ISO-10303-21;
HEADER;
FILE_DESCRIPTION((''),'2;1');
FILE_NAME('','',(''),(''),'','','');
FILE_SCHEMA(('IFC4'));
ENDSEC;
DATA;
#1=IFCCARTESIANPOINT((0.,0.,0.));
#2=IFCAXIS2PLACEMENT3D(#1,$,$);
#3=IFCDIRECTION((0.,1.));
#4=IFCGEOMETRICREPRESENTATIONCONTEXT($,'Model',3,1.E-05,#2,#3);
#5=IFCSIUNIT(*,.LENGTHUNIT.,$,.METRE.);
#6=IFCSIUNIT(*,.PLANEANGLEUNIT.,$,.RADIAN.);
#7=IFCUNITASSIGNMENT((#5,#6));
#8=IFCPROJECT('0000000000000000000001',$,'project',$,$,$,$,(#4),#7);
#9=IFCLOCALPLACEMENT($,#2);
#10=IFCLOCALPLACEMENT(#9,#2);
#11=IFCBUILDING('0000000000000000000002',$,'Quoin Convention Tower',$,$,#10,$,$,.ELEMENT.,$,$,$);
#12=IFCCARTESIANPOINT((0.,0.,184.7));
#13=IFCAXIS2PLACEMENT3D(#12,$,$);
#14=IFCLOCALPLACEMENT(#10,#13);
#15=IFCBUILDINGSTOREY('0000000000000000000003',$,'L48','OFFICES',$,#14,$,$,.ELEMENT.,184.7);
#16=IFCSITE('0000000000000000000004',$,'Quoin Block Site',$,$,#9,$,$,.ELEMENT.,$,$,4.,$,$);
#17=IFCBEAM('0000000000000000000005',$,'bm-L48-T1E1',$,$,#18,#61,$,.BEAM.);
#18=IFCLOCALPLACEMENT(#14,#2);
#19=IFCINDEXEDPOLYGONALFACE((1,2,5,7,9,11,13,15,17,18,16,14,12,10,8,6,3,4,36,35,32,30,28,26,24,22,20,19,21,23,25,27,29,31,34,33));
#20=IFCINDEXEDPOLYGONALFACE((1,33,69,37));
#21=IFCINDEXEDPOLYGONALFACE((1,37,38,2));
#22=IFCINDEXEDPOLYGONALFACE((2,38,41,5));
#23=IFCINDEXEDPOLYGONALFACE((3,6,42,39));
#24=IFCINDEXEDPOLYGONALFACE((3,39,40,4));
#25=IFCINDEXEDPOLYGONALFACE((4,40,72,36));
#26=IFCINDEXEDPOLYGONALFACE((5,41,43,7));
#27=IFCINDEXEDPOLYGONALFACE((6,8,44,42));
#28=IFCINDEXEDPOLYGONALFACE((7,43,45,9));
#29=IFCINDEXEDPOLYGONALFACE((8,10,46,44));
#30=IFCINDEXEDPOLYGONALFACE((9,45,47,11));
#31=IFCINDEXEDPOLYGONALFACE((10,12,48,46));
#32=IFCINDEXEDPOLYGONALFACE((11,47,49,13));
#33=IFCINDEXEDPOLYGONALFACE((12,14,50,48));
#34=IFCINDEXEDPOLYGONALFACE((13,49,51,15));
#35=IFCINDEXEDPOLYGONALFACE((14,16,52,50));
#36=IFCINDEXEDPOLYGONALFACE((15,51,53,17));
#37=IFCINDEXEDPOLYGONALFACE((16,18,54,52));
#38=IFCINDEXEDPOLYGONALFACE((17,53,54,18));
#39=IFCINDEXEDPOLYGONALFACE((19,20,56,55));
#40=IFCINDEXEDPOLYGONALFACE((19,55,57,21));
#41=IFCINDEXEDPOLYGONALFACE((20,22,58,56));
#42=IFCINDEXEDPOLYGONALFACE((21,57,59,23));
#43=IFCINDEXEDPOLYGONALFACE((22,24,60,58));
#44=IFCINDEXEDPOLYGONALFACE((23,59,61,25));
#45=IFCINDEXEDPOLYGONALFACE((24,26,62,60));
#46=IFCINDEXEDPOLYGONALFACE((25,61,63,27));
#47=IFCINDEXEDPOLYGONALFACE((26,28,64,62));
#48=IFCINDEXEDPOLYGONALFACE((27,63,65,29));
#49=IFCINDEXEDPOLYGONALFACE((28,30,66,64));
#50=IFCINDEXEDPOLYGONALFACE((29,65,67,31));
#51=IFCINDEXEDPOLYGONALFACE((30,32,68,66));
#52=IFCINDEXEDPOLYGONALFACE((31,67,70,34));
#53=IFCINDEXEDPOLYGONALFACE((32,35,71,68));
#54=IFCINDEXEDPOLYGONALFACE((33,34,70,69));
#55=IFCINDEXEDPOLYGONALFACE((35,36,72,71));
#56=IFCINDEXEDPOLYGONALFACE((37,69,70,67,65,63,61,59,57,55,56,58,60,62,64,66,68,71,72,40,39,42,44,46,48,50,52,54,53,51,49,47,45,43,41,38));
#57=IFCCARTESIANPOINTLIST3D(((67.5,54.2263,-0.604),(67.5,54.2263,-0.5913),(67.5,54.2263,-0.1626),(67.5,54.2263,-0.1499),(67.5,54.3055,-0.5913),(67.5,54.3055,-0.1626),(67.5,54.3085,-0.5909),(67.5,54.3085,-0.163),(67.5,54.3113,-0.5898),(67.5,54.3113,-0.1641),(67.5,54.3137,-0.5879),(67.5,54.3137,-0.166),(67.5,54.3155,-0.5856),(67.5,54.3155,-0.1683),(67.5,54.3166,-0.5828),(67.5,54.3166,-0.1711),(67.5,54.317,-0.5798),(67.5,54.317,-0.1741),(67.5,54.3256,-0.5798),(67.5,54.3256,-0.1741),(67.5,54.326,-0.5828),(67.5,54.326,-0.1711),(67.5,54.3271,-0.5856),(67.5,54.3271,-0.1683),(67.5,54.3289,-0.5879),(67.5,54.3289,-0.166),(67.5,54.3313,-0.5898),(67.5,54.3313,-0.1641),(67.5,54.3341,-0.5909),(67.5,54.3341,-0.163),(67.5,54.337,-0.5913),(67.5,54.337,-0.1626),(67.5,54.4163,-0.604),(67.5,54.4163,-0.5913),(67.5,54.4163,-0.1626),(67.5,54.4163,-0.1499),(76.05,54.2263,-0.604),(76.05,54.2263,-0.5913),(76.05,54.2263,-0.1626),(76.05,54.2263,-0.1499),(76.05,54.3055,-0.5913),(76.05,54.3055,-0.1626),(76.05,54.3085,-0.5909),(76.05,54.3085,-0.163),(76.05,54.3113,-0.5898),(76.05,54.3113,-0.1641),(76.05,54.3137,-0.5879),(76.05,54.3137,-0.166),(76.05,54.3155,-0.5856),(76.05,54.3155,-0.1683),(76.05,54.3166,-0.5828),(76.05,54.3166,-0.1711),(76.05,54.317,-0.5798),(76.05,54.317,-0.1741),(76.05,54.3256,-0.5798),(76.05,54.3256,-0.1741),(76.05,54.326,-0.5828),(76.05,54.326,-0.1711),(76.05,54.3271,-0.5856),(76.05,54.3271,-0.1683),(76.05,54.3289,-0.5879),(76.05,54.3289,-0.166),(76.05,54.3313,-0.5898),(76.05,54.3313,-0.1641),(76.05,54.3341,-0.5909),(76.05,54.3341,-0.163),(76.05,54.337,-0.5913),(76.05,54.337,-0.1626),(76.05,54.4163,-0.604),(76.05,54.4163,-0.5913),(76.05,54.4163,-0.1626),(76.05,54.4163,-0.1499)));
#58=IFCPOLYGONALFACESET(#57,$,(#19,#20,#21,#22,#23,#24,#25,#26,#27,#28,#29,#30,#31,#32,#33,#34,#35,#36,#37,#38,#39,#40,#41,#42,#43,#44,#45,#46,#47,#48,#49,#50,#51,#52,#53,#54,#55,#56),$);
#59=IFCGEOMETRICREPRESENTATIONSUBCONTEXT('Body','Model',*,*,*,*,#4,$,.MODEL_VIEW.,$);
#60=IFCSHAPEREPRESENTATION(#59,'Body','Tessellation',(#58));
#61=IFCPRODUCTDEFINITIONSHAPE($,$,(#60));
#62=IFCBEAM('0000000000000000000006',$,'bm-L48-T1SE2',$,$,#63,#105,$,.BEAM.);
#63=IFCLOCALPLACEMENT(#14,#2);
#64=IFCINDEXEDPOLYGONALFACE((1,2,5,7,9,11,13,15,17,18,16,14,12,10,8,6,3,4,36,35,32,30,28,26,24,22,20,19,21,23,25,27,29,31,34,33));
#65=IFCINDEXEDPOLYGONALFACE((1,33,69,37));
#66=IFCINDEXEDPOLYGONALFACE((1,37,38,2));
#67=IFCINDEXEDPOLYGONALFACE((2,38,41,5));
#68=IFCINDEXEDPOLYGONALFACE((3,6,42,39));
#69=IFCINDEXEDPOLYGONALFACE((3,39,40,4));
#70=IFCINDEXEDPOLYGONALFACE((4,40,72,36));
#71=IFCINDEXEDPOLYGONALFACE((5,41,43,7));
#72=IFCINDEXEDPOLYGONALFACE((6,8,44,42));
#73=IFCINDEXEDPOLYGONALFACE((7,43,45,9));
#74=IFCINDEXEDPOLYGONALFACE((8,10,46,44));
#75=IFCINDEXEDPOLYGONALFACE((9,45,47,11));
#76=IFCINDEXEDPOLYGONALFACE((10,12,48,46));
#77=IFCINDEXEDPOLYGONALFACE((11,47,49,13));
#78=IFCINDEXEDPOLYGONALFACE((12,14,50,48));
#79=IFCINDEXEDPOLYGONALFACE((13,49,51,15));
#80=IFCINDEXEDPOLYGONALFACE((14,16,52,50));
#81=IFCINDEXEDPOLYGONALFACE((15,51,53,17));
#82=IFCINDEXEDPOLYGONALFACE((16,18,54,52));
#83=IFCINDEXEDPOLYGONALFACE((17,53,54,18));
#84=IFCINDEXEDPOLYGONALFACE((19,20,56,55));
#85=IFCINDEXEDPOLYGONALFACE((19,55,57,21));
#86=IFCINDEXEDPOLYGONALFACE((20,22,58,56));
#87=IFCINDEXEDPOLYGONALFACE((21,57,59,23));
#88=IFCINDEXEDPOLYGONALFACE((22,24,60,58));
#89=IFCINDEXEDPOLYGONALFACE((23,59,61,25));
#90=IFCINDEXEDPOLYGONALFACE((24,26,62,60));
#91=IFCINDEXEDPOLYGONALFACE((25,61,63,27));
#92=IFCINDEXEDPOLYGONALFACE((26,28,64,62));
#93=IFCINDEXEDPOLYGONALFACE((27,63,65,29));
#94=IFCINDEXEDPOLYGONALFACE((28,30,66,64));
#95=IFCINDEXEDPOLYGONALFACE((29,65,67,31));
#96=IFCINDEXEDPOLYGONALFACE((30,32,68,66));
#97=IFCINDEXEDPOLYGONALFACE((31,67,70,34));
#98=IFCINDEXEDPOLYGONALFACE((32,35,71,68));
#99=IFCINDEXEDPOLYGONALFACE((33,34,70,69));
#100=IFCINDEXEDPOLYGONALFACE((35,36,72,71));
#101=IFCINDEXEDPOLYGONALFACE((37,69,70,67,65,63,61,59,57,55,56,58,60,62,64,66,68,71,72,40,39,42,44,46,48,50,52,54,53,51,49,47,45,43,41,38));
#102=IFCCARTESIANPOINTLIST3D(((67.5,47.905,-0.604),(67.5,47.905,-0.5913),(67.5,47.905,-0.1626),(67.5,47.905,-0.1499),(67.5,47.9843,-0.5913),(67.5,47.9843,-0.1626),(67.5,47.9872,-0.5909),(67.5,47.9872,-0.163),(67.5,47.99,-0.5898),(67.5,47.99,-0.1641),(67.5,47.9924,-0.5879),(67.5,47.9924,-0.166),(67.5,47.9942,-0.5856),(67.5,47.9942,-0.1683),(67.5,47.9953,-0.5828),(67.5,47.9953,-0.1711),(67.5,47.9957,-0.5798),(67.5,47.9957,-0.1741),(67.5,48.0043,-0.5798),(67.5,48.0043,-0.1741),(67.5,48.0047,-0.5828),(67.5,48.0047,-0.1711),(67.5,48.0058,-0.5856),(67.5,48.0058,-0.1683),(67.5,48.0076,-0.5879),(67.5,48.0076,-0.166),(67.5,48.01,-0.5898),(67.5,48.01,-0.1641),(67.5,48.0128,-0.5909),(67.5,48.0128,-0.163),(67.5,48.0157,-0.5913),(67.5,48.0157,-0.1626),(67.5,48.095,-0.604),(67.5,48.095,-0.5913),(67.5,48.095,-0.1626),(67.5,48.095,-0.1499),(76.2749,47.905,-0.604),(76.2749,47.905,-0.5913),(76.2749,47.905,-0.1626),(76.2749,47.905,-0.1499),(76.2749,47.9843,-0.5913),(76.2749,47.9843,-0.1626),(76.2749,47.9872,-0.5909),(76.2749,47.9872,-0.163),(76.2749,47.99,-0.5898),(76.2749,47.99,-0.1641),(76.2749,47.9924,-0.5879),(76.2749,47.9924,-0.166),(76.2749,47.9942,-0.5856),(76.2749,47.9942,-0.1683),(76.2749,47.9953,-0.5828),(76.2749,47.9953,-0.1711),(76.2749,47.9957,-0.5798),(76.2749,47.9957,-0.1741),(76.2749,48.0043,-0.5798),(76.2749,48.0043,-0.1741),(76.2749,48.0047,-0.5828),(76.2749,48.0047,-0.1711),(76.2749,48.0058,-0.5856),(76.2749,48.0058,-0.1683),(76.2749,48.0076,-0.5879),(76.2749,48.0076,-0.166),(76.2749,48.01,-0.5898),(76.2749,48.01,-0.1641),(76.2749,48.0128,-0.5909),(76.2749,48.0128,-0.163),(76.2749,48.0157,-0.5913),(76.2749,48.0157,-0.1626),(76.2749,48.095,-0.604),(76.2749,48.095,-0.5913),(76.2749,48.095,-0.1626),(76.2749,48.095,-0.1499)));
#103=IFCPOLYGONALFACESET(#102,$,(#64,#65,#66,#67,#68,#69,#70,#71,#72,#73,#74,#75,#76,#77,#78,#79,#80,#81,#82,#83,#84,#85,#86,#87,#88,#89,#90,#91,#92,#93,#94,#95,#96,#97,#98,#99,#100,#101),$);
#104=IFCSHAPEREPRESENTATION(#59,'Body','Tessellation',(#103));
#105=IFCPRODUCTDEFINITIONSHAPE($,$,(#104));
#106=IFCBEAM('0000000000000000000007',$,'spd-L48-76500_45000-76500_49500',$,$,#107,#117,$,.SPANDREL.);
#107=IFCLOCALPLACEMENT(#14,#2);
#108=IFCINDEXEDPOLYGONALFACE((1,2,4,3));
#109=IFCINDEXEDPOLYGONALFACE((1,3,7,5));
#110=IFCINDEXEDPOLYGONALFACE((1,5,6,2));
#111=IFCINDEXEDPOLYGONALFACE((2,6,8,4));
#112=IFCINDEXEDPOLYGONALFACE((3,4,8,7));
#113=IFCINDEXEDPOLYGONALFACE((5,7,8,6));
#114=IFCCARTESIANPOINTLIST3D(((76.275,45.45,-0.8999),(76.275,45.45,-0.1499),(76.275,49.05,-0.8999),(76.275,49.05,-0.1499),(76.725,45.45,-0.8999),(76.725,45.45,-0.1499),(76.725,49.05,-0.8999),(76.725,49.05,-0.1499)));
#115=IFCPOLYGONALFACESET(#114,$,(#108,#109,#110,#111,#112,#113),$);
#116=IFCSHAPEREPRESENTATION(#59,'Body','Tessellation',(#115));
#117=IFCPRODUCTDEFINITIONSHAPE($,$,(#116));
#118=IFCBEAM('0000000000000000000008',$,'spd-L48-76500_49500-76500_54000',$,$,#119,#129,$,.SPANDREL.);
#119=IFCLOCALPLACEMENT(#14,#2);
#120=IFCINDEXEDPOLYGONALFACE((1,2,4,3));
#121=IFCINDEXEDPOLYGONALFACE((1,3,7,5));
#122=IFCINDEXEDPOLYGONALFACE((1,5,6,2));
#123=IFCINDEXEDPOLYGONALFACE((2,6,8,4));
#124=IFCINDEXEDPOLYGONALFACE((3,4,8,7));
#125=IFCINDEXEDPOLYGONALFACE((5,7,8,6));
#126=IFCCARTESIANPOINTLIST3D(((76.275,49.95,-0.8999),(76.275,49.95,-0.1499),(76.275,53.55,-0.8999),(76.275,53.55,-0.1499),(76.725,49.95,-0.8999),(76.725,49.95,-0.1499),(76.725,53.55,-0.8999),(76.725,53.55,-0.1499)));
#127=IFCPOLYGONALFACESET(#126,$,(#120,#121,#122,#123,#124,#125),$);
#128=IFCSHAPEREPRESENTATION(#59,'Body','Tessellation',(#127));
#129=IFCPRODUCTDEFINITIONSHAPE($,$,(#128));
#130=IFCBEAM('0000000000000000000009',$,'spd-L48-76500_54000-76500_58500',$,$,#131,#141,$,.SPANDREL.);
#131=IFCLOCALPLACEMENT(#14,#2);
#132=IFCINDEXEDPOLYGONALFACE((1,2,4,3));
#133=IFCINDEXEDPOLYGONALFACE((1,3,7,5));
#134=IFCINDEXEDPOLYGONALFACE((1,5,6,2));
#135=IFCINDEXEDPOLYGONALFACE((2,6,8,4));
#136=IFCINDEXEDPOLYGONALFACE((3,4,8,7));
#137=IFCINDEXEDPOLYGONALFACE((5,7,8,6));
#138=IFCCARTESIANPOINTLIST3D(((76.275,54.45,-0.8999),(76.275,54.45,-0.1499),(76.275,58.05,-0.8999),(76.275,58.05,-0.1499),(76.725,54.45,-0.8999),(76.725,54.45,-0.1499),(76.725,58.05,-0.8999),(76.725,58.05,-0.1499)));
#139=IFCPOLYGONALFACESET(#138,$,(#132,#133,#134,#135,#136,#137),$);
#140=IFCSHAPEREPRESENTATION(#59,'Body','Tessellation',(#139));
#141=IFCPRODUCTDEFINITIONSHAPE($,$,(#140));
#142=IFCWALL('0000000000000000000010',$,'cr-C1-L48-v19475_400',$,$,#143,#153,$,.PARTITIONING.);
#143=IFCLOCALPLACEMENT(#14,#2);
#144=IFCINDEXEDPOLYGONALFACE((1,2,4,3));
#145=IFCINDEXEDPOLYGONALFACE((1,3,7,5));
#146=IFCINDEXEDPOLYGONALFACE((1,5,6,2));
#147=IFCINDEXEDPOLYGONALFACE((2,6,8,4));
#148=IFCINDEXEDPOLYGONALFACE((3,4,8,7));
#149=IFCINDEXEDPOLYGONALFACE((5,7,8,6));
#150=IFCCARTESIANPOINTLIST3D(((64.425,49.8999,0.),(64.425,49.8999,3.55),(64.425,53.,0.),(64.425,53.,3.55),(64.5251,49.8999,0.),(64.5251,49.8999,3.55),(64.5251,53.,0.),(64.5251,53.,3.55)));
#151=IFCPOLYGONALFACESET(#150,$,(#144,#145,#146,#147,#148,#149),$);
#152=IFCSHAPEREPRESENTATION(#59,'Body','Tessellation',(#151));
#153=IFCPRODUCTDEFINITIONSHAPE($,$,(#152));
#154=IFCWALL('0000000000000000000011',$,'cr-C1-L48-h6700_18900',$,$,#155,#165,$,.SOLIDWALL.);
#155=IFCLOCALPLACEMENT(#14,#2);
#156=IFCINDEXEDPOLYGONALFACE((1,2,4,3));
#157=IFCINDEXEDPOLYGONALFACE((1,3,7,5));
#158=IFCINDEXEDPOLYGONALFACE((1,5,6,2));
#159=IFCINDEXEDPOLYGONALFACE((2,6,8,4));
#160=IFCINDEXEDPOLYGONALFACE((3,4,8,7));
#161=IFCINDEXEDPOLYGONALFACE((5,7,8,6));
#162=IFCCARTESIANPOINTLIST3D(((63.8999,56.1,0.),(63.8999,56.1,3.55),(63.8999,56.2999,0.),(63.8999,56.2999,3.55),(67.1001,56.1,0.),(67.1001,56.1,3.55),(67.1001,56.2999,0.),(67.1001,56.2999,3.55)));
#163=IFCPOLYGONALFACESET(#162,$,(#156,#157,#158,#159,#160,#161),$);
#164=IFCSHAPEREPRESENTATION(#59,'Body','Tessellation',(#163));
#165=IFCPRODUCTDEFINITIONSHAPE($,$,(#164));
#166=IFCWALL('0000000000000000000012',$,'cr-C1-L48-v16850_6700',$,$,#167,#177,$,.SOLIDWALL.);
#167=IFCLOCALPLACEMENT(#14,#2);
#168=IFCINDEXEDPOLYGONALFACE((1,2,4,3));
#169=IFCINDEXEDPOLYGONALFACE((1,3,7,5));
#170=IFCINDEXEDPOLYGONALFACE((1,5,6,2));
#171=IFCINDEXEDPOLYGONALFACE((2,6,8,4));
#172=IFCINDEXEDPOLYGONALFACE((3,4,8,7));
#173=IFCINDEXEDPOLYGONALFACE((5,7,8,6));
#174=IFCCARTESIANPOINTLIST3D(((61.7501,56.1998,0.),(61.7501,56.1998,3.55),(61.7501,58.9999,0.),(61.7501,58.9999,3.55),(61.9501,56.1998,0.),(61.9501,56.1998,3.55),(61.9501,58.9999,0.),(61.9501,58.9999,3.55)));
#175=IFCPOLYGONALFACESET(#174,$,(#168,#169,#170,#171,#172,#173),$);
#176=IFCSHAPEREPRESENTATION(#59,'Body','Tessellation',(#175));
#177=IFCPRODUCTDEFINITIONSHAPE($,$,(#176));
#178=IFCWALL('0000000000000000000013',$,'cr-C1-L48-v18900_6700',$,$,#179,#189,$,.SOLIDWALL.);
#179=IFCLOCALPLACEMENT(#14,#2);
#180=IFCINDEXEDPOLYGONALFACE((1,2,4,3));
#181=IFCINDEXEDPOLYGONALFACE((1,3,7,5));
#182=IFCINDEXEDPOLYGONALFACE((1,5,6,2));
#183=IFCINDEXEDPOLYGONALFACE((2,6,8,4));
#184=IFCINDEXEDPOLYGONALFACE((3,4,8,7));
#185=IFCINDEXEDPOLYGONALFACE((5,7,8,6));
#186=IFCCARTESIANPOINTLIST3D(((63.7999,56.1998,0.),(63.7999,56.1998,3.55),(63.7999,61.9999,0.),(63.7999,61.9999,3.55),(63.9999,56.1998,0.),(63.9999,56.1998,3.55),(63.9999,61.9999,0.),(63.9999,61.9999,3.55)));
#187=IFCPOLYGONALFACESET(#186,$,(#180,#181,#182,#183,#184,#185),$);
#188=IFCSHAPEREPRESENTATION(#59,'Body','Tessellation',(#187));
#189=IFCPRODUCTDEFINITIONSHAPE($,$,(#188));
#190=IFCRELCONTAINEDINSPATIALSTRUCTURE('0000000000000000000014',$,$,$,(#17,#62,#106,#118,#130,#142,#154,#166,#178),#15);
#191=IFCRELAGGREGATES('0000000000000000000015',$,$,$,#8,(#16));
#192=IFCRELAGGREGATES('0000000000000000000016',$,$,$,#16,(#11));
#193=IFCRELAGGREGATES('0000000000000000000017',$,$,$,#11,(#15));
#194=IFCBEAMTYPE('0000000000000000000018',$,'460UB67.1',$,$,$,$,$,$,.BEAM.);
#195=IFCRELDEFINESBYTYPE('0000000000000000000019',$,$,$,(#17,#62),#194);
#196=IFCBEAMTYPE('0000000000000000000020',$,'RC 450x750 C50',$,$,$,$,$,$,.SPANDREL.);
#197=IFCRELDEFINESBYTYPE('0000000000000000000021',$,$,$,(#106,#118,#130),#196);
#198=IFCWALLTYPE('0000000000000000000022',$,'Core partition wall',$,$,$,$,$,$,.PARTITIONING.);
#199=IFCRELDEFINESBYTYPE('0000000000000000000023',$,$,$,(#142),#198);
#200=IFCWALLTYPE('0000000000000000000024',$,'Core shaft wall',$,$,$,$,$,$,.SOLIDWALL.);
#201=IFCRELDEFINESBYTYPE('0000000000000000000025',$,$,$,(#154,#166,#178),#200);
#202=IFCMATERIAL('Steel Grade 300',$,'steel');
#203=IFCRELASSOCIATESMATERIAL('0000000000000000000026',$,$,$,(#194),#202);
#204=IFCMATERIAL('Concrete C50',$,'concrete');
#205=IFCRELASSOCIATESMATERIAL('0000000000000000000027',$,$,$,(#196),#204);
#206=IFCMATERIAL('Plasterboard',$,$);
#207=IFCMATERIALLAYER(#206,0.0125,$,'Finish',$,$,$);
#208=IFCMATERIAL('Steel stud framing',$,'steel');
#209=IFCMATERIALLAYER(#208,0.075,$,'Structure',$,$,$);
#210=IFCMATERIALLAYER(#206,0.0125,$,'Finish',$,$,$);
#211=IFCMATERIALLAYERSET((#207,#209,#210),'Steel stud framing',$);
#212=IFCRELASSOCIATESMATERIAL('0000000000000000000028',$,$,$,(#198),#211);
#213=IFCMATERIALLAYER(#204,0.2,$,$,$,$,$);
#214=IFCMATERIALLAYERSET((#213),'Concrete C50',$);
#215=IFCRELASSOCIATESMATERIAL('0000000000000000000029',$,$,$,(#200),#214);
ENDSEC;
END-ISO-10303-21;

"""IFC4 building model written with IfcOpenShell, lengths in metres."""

from ifc_helpers import new_model, si_unit, direction, frame, frame_2d, origin, origin_2d, place, context, subcontext, project, spatial, rectangle, i_section, extrude, material, layer, layer_set, material_profile, profile_set, type_object, element, save


model = new_model("IFC4")

# Units and contexts
model_context = context("Model", 3, precision=1e-05, world=origin(), true_north=direction((0.0, 1.0)))
body_context = subcontext(model_context, "Body", "Model", "MODEL_VIEW")
ifc_project = project(units=[si_unit("LENGTHUNIT", "METRE"), si_unit("PLANEANGLEUNIT", "RADIAN")], contexts=[model_context])

# Site, building, storey
site_placement = place(None, origin())
site = spatial("IfcSite", under=ifc_project, at=site_placement, Name="Quoin Block Site", CompositionType="ELEMENT", RefElevation=4.0)
building_placement = place(site_placement, origin())
building = spatial("IfcBuilding", under=site, at=building_placement, Name="Quoin Convention Tower", CompositionType="ELEMENT")
storey_placement = place(building_placement, frame((0.0, 0.0, 184.7)))
storey = spatial("IfcBuildingStorey", under=building, at=storey_placement, Name="L48", Description="OFFICES", CompositionType="ELEMENT", Elevation=184.7)

# Shared definitions
ifc_material_1 = material(Name="Concrete C50", Category="concrete")

# Beams
ifc_material_2 = material(Name="Steel Grade 300", Category="steel")
ifc_material_profile_1 = material_profile(ifc_material_2, i_section(OverallWidth=0.1899, OverallDepth=0.4541, WebThickness=0.0085, FlangeThickness=0.0127, FilletRadius=0.0115, at=origin_2d()), Name="460UB67.1")
ifc_profile_set_1 = profile_set([ifc_material_profile_1], Name="Steel Grade 300")
beam_type_1 = type_object("IfcBeamType", Name="460UB67.1", PredefinedType="BEAM", material=ifc_profile_set_1)
beam_1_placement = place(storey_placement, frame((67.5, 54.3213, -0.377), z_axis=(1.0, 0.0, 0.0), x_axis=(0.0, 1.0, 0.0)))
element("IfcBeam", 1, at=beam_1_placement, inside=storey, type_object=beam_type_1, Name="bm-L48-T1E1", PredefinedType="BEAM", context=body_context, shape_type="SweptSolid", body=[
    extrude(i_section(OverallWidth=0.1899, OverallDepth=0.4541, WebThickness=0.0085, FlangeThickness=0.0127, FilletRadius=0.0115, at=origin_2d()), origin(), (0.0, 0.0, 1.0), 8.55),
])
beam_2_placement = place(storey_placement, frame((67.5, 48.0, -0.377), z_axis=(1.0, 0.0, 0.0), x_axis=(0.0, 1.0, 0.0)))
element("IfcBeam", 2, at=beam_2_placement, inside=storey, type_object=beam_type_1, Name="bm-L48-T1SE2", PredefinedType="BEAM", context=body_context, shape_type="SweptSolid", body=[
    extrude(i_section(OverallWidth=0.1899, OverallDepth=0.4541, WebThickness=0.0085, FlangeThickness=0.0127, FilletRadius=0.0115, at=origin_2d()), origin(), (0.0, 0.0, 1.0), 8.7749),
])
ifc_material_profile_2 = material_profile(ifc_material_1, rectangle(XDim=0.45, YDim=0.75, at=origin_2d()), Name="RC 450x750")
ifc_profile_set_2 = profile_set([ifc_material_profile_2], Name="Concrete C50")
beam_type_2 = type_object("IfcBeamType", Name="RC 450x750 C50", PredefinedType="SPANDREL", material=ifc_profile_set_2)
for number, where, z_axis, x_axis, name in (
    (3, (76.5, 45.45, -0.5249), (0.0, 1.0, 0.0), (-1.0, 0.0, 0.0), "spd-L48-76500_45000-76500_49500"),
    (4, (76.5, 49.95, -0.5249), (0.0, 1.0, 0.0), (-1.0, 0.0, 0.0), "spd-L48-76500_49500-76500_54000"),
    (5, (76.5, 54.45, -0.5249), (0.0, 1.0, 0.0), (-1.0, 0.0, 0.0), "spd-L48-76500_54000-76500_58500"),
):
    element("IfcBeam", number, at=place(storey_placement, frame(where, z_axis=z_axis, x_axis=x_axis)), inside=storey, type_object=beam_type_2, Name=name, PredefinedType="SPANDREL", context=body_context, shape_type="SweptSolid", body=[
        extrude(rectangle(XDim=0.45, YDim=0.75, at=origin_2d()), origin(), (0.0, 0.0, 1.0), 3.6001),
    ])

# Walls
ifc_material_3 = material(Name="Plasterboard")
ifc_layer_1 = layer(ifc_material_3, 0.0125, Name="Finish")
ifc_material_4 = material(Name="Steel stud framing", Category="steel")
ifc_layer_2 = layer(ifc_material_4, 0.075, Name="Structure")
ifc_layer_3 = layer(ifc_material_3, 0.0125, Name="Finish")
ifc_layer_set_1 = layer_set([ifc_layer_1, ifc_layer_2, ifc_layer_3], Name="Steel stud framing")
wall_type_1 = type_object("IfcWallType", Name="Core partition wall", PredefinedType="PARTITIONING", material=ifc_layer_set_1)
wall_1_placement = place(storey_placement, frame((64.4751, 49.8999, 0.0), z_axis=(0.0, 0.0, 1.0), x_axis=(0.0, 1.0, 0.0)))
element("IfcWall", 6, at=wall_1_placement, inside=storey, type_object=wall_type_1, Name="cr-C1-L48-v19475_400", PredefinedType="PARTITIONING", context=body_context, shape_type="SweptSolid", body=[
    extrude(rectangle(XDim=3.1001, YDim=0.1001, at=frame_2d((1.55, 0.0))), origin(), (0.0, 0.0, 1.0), 3.55),
])
ifc_layer_4 = layer(ifc_material_1, 0.2)
ifc_layer_set_2 = layer_set([ifc_layer_4], Name="Concrete C50")
wall_type_2 = type_object("IfcWallType", Name="Core shaft wall", PredefinedType="SOLIDWALL", material=ifc_layer_set_2)
wall_2_placement = place(storey_placement, frame((63.8999, 56.2, 0.0), z_axis=(0.0, 0.0, 1.0), x_axis=(1.0, 0.0, 0.0)))
element("IfcWall", 7, at=wall_2_placement, inside=storey, type_object=wall_type_2, Name="cr-C1-L48-h6700_18900", PredefinedType="SOLIDWALL", context=body_context, shape_type="SweptSolid", body=[
    extrude(rectangle(XDim=3.2002, YDim=0.2, at=frame_2d((1.6001, 0.0))), origin(), (0.0, 0.0, 1.0), 3.55),
])
wall_3_placement = place(storey_placement, frame((61.8501, 56.2, 0.0), z_axis=(0.0, 0.0, 1.0), x_axis=(0.0, 1.0, 0.0)))
element("IfcWall", 8, at=wall_3_placement, inside=storey, type_object=wall_type_2, Name="cr-C1-L48-v16850_6700", PredefinedType="SOLIDWALL", context=body_context, shape_type="SweptSolid", body=[
    extrude(rectangle(XDim=2.8, YDim=0.2, at=frame_2d((1.3999, 0.0))), origin(), (0.0, 0.0, 1.0), 3.55),
])
wall_4_placement = place(storey_placement, frame((63.8999, 56.2, 0.0), z_axis=(0.0, 0.0, 1.0), x_axis=(0.0, 1.0, 0.0)))
element("IfcWall", 9, at=wall_4_placement, inside=storey, type_object=wall_type_2, Name="cr-C1-L48-v18900_6700", PredefinedType="SOLIDWALL", context=body_context, shape_type="SweptSolid", body=[
    extrude(rectangle(XDim=5.8, YDim=0.2, at=frame_2d((2.8999, 0.0))), origin(), (0.0, 0.0, 1.0), 3.55),
])

save(model, "model.ifc")
